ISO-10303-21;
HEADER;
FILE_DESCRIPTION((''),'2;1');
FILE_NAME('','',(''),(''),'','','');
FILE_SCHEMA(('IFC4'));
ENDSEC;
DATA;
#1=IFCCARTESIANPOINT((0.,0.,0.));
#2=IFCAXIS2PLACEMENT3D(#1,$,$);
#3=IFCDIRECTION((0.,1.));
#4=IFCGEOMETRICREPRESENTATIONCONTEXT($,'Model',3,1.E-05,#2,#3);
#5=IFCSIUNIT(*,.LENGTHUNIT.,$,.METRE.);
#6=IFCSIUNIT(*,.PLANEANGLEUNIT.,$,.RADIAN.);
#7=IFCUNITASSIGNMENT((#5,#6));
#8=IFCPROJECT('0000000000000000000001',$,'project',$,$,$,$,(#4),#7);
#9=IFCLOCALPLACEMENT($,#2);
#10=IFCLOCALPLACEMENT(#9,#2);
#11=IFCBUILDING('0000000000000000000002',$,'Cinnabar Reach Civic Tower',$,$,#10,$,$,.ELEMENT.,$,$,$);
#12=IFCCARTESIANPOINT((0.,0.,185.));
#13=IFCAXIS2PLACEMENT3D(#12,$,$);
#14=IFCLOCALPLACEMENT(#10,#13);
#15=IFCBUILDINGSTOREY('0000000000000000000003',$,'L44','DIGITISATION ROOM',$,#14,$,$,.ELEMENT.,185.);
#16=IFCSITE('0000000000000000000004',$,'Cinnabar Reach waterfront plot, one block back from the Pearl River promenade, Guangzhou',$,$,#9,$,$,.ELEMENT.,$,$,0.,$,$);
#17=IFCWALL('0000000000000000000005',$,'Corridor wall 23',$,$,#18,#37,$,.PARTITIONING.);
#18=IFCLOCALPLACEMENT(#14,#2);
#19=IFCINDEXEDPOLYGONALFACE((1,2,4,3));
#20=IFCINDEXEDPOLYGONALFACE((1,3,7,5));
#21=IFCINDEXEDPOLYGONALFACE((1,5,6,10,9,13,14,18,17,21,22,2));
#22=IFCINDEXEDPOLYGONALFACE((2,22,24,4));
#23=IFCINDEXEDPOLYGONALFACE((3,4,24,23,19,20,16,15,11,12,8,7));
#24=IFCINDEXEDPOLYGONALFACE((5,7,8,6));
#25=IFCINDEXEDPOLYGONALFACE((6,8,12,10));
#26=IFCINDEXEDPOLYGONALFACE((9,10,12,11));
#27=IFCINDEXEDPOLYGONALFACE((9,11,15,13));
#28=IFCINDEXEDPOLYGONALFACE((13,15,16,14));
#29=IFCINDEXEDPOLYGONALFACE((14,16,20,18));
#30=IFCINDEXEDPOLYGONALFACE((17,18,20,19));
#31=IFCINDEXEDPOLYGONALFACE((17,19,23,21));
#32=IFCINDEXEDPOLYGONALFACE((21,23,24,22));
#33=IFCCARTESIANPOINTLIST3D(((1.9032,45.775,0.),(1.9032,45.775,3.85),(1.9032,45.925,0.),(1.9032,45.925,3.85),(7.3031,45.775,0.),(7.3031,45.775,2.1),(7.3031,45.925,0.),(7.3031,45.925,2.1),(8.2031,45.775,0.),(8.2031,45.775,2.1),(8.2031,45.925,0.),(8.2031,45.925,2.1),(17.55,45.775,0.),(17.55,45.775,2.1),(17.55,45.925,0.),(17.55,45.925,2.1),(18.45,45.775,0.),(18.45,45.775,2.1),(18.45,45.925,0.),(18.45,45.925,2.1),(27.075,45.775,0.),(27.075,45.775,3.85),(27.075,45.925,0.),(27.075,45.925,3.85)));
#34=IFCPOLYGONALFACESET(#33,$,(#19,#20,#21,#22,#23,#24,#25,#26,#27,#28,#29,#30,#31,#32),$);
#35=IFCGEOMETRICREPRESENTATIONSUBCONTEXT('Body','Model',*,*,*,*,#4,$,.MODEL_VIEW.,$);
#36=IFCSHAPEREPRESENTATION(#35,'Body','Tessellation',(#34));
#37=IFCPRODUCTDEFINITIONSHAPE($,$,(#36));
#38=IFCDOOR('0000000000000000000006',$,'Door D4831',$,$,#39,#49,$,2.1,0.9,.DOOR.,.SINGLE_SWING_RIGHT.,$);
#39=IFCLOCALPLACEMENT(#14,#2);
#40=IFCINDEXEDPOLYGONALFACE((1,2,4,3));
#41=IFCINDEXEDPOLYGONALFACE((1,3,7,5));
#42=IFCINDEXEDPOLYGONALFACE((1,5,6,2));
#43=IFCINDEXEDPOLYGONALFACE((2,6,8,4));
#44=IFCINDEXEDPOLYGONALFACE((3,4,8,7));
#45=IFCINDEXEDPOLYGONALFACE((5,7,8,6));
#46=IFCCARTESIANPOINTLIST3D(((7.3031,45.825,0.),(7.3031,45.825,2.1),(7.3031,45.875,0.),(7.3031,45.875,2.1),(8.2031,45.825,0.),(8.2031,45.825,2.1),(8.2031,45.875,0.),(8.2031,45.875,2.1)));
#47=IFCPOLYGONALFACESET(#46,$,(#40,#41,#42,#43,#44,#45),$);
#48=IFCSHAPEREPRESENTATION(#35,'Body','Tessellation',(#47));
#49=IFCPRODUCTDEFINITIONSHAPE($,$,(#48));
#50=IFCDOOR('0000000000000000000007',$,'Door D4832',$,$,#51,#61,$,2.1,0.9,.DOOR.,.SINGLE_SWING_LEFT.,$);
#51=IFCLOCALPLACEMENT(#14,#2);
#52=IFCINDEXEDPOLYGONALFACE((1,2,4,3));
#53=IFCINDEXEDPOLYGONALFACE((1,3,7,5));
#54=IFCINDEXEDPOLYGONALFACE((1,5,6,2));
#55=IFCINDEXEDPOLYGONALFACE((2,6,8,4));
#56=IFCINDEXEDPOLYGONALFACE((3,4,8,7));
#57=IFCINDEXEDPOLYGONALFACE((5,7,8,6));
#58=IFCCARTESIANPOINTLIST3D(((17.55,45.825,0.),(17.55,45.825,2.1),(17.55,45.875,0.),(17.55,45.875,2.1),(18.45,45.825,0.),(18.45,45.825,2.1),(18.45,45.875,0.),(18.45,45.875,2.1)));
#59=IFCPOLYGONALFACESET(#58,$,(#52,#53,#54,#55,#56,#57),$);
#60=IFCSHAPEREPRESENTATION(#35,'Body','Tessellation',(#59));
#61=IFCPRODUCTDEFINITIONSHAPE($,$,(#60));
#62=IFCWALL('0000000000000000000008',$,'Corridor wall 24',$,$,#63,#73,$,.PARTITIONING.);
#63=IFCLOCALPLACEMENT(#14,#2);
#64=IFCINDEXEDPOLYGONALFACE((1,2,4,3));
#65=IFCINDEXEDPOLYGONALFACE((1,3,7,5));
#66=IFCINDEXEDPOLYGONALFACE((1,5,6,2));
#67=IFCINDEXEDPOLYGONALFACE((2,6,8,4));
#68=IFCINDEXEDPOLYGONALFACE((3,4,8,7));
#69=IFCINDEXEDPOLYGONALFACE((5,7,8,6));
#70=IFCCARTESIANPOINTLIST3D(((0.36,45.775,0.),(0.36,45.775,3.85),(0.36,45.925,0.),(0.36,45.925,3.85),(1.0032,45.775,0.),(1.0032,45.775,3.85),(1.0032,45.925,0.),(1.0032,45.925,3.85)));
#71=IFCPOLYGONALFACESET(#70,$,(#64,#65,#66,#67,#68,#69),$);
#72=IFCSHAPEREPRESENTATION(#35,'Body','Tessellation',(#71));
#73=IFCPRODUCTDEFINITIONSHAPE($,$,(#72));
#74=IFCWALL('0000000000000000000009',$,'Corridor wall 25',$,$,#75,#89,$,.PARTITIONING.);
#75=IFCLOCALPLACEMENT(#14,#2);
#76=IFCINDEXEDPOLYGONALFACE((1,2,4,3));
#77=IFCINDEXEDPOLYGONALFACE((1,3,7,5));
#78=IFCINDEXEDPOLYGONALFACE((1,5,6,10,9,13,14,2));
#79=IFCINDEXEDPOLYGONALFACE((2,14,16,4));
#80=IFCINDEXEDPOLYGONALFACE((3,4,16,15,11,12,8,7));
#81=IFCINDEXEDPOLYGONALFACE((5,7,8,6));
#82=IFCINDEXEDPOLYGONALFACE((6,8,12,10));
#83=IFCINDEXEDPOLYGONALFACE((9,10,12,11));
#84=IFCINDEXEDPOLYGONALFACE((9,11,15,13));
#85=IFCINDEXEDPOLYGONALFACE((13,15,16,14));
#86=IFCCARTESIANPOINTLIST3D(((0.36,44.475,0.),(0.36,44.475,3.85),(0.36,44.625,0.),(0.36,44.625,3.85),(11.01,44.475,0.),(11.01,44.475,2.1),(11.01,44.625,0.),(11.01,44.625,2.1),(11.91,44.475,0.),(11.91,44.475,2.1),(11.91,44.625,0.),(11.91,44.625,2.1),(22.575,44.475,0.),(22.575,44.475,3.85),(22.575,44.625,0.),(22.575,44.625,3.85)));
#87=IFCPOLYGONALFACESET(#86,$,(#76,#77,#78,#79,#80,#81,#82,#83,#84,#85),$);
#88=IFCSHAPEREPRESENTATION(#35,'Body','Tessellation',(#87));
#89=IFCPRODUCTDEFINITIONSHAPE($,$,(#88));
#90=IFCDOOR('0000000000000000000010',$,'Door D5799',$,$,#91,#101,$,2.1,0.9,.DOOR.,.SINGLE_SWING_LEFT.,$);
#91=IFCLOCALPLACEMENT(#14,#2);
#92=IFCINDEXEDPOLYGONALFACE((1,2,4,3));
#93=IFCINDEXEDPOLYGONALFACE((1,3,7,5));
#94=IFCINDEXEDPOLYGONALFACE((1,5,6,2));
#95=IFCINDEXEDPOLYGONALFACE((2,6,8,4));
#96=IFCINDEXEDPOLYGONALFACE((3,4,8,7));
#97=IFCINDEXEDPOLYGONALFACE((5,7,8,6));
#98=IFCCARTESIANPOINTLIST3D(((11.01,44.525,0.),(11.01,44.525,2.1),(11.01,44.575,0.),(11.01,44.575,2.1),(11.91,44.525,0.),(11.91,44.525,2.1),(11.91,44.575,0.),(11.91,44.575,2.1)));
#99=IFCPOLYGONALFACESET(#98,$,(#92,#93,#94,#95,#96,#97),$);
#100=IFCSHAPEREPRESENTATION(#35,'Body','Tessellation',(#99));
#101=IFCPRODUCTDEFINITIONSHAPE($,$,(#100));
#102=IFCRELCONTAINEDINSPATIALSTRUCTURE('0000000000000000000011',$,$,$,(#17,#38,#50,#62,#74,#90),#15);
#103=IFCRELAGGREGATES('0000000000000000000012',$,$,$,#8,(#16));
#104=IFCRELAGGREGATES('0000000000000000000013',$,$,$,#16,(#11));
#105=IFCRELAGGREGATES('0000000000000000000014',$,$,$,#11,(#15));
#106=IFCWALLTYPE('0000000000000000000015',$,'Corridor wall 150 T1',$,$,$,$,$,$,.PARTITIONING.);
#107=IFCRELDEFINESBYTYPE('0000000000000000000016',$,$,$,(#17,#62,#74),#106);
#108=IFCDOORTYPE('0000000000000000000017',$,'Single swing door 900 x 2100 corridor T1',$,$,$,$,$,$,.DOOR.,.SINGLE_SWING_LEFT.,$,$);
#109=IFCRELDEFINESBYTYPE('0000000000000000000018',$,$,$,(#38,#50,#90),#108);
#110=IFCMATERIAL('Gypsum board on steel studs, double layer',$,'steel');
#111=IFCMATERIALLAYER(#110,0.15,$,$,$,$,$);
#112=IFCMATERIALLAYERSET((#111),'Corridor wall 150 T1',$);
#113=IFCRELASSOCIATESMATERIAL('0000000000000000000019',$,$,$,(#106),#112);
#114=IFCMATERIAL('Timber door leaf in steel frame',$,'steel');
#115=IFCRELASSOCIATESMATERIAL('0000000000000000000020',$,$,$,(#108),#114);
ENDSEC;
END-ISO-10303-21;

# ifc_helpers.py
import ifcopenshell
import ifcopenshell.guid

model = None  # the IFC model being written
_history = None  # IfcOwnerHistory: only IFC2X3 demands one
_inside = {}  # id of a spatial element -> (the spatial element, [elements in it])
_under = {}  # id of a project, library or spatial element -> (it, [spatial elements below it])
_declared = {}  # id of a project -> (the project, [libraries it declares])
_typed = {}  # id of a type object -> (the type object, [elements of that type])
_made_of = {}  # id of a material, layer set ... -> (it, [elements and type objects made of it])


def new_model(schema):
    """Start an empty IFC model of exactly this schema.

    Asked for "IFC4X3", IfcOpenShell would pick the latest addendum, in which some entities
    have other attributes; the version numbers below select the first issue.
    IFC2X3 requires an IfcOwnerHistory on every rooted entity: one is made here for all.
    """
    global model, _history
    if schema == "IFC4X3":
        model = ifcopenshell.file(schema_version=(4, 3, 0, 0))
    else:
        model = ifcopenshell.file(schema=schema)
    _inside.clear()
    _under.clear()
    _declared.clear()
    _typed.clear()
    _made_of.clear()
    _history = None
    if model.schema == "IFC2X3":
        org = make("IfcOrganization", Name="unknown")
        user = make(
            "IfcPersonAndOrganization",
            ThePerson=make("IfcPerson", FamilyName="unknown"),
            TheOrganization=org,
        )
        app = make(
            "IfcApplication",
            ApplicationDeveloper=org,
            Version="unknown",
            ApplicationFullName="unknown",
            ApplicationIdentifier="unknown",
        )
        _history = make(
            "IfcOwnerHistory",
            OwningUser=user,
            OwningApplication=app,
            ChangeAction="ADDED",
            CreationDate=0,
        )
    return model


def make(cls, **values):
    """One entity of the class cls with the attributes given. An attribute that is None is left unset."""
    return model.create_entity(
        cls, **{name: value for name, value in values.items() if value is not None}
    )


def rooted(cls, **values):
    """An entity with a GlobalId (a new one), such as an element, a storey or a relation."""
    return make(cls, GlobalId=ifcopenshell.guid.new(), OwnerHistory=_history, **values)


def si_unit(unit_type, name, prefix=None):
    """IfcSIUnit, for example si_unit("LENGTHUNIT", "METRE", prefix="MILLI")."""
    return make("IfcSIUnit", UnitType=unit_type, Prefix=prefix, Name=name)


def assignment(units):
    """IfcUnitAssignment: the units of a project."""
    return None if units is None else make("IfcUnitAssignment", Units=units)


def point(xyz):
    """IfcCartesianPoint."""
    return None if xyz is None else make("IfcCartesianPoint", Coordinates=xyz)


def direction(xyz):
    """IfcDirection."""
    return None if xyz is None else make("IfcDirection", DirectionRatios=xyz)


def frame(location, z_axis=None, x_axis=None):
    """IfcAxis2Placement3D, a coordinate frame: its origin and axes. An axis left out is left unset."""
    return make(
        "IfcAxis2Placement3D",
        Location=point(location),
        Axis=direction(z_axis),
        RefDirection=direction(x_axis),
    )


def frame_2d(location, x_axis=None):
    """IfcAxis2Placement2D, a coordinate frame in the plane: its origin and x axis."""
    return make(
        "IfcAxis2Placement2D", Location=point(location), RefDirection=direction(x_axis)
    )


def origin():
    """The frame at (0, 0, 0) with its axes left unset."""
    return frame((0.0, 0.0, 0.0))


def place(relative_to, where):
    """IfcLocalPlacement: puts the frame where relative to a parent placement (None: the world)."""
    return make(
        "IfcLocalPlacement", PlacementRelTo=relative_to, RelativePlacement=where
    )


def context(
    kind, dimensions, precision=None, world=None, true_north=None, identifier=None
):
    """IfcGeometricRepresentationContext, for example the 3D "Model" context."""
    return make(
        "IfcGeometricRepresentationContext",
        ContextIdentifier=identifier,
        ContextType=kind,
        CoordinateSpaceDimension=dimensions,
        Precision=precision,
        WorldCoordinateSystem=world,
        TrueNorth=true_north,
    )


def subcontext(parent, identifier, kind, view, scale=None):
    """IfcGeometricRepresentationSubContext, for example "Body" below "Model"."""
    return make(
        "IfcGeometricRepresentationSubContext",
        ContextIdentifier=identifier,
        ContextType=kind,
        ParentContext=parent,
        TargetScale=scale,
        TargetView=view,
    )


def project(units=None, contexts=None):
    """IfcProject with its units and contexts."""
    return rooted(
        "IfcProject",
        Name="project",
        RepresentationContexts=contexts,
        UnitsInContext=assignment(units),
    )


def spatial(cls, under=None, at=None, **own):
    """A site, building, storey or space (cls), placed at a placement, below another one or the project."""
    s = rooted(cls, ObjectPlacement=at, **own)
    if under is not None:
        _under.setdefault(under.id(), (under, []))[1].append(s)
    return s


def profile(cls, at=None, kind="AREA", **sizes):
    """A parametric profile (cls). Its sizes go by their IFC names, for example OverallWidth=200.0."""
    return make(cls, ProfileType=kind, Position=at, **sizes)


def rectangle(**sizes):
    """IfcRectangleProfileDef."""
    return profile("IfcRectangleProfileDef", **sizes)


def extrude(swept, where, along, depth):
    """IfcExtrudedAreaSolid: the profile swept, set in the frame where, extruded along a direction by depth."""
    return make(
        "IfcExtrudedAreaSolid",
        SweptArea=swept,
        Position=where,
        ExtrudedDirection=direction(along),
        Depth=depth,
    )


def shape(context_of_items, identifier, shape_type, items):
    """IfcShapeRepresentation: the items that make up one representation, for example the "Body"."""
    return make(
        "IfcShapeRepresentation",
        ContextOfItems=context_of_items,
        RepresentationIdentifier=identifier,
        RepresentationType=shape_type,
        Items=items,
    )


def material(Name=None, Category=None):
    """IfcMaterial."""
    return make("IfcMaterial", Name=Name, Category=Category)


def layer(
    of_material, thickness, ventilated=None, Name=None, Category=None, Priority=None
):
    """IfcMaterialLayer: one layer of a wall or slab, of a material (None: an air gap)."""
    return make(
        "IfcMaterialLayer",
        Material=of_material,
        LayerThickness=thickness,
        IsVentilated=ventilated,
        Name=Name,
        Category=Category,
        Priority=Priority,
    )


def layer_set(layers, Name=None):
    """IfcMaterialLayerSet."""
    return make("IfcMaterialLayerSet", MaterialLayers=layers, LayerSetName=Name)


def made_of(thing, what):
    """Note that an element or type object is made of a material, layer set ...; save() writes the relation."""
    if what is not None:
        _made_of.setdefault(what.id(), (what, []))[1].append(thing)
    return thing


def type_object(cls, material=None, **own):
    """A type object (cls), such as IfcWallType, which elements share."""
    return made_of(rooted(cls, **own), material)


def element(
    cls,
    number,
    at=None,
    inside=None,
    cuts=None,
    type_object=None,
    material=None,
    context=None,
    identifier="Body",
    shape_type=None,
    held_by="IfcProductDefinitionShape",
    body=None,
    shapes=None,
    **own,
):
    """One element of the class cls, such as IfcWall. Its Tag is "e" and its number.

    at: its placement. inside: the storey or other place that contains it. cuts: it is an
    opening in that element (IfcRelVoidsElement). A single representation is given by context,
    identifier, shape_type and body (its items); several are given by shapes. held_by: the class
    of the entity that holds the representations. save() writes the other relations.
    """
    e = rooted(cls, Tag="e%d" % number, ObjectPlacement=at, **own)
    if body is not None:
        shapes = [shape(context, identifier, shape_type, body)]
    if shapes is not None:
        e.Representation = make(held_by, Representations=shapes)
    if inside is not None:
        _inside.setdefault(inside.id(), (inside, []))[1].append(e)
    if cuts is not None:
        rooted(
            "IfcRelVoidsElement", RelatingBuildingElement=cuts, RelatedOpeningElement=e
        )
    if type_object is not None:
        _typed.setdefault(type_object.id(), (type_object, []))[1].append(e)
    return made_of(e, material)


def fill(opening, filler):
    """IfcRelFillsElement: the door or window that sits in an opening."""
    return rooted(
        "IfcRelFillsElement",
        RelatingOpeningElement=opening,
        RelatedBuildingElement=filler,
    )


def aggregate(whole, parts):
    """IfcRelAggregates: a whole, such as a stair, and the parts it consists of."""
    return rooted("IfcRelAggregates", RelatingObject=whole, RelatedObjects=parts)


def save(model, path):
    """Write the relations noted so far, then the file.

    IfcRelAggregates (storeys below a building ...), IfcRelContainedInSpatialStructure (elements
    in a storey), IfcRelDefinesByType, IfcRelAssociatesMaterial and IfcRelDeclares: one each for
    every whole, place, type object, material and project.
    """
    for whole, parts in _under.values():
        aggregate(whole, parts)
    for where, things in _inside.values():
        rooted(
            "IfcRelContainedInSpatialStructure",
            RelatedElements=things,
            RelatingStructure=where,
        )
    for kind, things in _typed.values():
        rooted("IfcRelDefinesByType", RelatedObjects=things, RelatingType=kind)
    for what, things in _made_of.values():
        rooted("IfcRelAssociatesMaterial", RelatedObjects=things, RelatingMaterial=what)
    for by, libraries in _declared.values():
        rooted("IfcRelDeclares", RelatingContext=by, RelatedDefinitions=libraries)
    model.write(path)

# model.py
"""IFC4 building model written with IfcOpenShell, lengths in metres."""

from ifc_helpers import new_model, si_unit, direction, frame, frame_2d, origin, place, context, subcontext, project, spatial, rectangle, extrude, material, layer, layer_set, type_object, element, fill, save


model = new_model("IFC4")

# Units and contexts
model_context = context("Model", 3, precision=1e-05, world=origin(), true_north=direction((0.0, 1.0)))
body_context = subcontext(model_context, "Body", "Model", "MODEL_VIEW")
ifc_project = project(units=[si_unit("LENGTHUNIT", "METRE"), si_unit("PLANEANGLEUNIT", "RADIAN")], contexts=[model_context])

# Site, building, storey
site_placement = place(None, origin())
site = spatial("IfcSite", under=ifc_project, at=site_placement, Name="Cinnabar Reach waterfront plot, one block back from the Pearl River promenade, Guangzhou", CompositionType="ELEMENT", RefElevation=0.0)
building_placement = place(site_placement, origin())
building = spatial("IfcBuilding", under=site, at=building_placement, Name="Cinnabar Reach Civic Tower", CompositionType="ELEMENT")
storey_placement = place(building_placement, frame((0.0, 0.0, 185.0)))
storey = spatial("IfcBuildingStorey", under=building, at=storey_placement, Name="L44", Description="DIGITISATION ROOM", CompositionType="ELEMENT", Elevation=185.0)

# Wall, openings, doors
ifc_material_1 = material(Name="Gypsum board on steel studs, double layer", Category="steel")
ifc_layer_1 = layer(ifc_material_1, 0.15)
ifc_layer_set_1 = layer_set([ifc_layer_1], Name="Corridor wall 150 T1")
wall_type_1 = type_object("IfcWallType", Name="Corridor wall 150 T1", PredefinedType="PARTITIONING", material=ifc_layer_set_1)
wall_1_placement = place(storey_placement, frame((1.9031, 45.85, 0.0), z_axis=(0.0, 0.0, 1.0), x_axis=(1.0, 0.0, 0.0)))
wall_1 = element("IfcWall", 1, at=wall_1_placement, inside=storey, type_object=wall_type_1, Name="Corridor wall 23", PredefinedType="PARTITIONING", context=body_context, shape_type="SweptSolid", body=[
    extrude(rectangle(XDim=25.1719, YDim=0.15, at=frame_2d((12.586, 0.0))), origin(), (0.0, 0.0, 1.0), 3.85),
])
opening_1_placement = place(wall_1_placement, frame((5.4, 0.0, 0.0)))
opening_1 = element("IfcOpeningElement", 2, at=opening_1_placement, cuts=wall_1, PredefinedType="OPENING", context=body_context, shape_type="SweptSolid", body=[
    extrude(rectangle(XDim=0.9, YDim=2.1, at=frame_2d((0.45, 1.05))), frame((0.0, 0.085, 0.0), z_axis=(0.0, -1.0, 0.0), x_axis=(1.0, 0.0, 0.0)), (0.0, 0.0, 1.0), 0.17),
])
opening_2_placement = place(wall_1_placement, frame((15.6469, 0.0, 0.0)))
opening_2 = element("IfcOpeningElement", 3, at=opening_2_placement, cuts=wall_1, PredefinedType="OPENING", context=body_context, shape_type="SweptSolid", body=[
    extrude(rectangle(XDim=0.9, YDim=2.1, at=frame_2d((0.45, 1.05))), frame((0.0, 0.085, 0.0), z_axis=(0.0, -1.0, 0.0), x_axis=(1.0, 0.0, 0.0)), (0.0, 0.0, 1.0), 0.17),
])
ifc_material_2 = material(Name="Timber door leaf in steel frame", Category="steel")
door_type = type_object("IfcDoorType", Name="Single swing door 900 x 2100 corridor T1", OperationType="SINGLE_SWING_LEFT", PredefinedType="DOOR", material=ifc_material_2)
door_1_placement = place(opening_1_placement, origin())
door_1 = element("IfcDoor", 4, at=door_1_placement, inside=storey, type_object=door_type, Name="Door D4831", OperationType="SINGLE_SWING_RIGHT", OverallHeight=2.1, OverallWidth=0.9, PredefinedType="DOOR", context=body_context, shape_type="SweptSolid", body=[
    extrude(rectangle(XDim=0.9, YDim=2.1, at=frame_2d((0.45, 1.05))), frame((0.0, 0.025, 0.0), z_axis=(0.0, -1.0, 0.0), x_axis=(1.0, 0.0, 0.0)), (0.0, 0.0, 1.0), 0.05),
])
fill(opening_1, door_1)
door_2_placement = place(opening_2_placement, origin())
door_2 = element("IfcDoor", 5, at=door_2_placement, inside=storey, type_object=door_type, Name="Door D4832", OperationType="SINGLE_SWING_LEFT", OverallHeight=2.1, OverallWidth=0.9, PredefinedType="DOOR", context=body_context, shape_type="SweptSolid", body=[
    extrude(rectangle(XDim=0.9, YDim=2.1, at=frame_2d((0.45, 1.05))), frame((0.0, 0.025, 0.0), z_axis=(0.0, -1.0, 0.0), x_axis=(1.0, 0.0, 0.0)), (0.0, 0.0, 1.0), 0.05),
])
fill(opening_2, door_2)

# Wall
wall_2_placement = place(storey_placement, frame((0.36, 45.85, 0.0), z_axis=(0.0, 0.0, 1.0), x_axis=(1.0, 0.0, 0.0)))
element("IfcWall", 6, at=wall_2_placement, inside=storey, type_object=wall_type_1, Name="Corridor wall 24", PredefinedType="PARTITIONING", context=body_context, shape_type="SweptSolid", body=[
    extrude(rectangle(XDim=0.6431, YDim=0.15, at=frame_2d((0.3216, 0.0))), origin(), (0.0, 0.0, 1.0), 3.85),
])

# Wall, opening, door
wall_3_placement = place(storey_placement, frame((0.36, 44.55, 0.0), z_axis=(0.0, 0.0, 1.0), x_axis=(1.0, 0.0, 0.0)))
wall_3 = element("IfcWall", 7, at=wall_3_placement, inside=storey, type_object=wall_type_1, Name="Corridor wall 25", PredefinedType="PARTITIONING", context=body_context, shape_type="SweptSolid", body=[
    extrude(rectangle(XDim=22.215, YDim=0.15, at=frame_2d((11.1075, 0.0))), origin(), (0.0, 0.0, 1.0), 3.85),
])
opening_3_placement = place(wall_3_placement, frame((10.65, 0.0, 0.0)))
opening_3 = element("IfcOpeningElement", 8, at=opening_3_placement, cuts=wall_3, PredefinedType="OPENING", context=body_context, shape_type="SweptSolid", body=[
    extrude(rectangle(XDim=0.9, YDim=2.1, at=frame_2d((0.45, 1.05))), frame((0.0, 0.085, 0.0), z_axis=(0.0, -1.0, 0.0), x_axis=(1.0, 0.0, 0.0)), (0.0, 0.0, 1.0), 0.17),
])
door_3_placement = place(opening_3_placement, frame((0.9, 0.0, 0.0), z_axis=(0.0, 0.0, 1.0), x_axis=(-1.0, 0.0, 0.0)))
door_3 = element("IfcDoor", 9, at=door_3_placement, inside=storey, type_object=door_type, Name="Door D5799", OperationType="SINGLE_SWING_LEFT", OverallHeight=2.1, OverallWidth=0.9, PredefinedType="DOOR", context=body_context, shape_type="SweptSolid", body=[
    extrude(rectangle(XDim=0.9, YDim=2.1, at=frame_2d((0.45, 1.05))), frame((0.0, 0.025, 0.0), z_axis=(0.0, -1.0, 0.0), x_axis=(1.0, 0.0, 0.0)), (0.0, 0.0, 1.0), 0.05),
])
fill(opening_3, door_3)

save(model, "model.ifc")
